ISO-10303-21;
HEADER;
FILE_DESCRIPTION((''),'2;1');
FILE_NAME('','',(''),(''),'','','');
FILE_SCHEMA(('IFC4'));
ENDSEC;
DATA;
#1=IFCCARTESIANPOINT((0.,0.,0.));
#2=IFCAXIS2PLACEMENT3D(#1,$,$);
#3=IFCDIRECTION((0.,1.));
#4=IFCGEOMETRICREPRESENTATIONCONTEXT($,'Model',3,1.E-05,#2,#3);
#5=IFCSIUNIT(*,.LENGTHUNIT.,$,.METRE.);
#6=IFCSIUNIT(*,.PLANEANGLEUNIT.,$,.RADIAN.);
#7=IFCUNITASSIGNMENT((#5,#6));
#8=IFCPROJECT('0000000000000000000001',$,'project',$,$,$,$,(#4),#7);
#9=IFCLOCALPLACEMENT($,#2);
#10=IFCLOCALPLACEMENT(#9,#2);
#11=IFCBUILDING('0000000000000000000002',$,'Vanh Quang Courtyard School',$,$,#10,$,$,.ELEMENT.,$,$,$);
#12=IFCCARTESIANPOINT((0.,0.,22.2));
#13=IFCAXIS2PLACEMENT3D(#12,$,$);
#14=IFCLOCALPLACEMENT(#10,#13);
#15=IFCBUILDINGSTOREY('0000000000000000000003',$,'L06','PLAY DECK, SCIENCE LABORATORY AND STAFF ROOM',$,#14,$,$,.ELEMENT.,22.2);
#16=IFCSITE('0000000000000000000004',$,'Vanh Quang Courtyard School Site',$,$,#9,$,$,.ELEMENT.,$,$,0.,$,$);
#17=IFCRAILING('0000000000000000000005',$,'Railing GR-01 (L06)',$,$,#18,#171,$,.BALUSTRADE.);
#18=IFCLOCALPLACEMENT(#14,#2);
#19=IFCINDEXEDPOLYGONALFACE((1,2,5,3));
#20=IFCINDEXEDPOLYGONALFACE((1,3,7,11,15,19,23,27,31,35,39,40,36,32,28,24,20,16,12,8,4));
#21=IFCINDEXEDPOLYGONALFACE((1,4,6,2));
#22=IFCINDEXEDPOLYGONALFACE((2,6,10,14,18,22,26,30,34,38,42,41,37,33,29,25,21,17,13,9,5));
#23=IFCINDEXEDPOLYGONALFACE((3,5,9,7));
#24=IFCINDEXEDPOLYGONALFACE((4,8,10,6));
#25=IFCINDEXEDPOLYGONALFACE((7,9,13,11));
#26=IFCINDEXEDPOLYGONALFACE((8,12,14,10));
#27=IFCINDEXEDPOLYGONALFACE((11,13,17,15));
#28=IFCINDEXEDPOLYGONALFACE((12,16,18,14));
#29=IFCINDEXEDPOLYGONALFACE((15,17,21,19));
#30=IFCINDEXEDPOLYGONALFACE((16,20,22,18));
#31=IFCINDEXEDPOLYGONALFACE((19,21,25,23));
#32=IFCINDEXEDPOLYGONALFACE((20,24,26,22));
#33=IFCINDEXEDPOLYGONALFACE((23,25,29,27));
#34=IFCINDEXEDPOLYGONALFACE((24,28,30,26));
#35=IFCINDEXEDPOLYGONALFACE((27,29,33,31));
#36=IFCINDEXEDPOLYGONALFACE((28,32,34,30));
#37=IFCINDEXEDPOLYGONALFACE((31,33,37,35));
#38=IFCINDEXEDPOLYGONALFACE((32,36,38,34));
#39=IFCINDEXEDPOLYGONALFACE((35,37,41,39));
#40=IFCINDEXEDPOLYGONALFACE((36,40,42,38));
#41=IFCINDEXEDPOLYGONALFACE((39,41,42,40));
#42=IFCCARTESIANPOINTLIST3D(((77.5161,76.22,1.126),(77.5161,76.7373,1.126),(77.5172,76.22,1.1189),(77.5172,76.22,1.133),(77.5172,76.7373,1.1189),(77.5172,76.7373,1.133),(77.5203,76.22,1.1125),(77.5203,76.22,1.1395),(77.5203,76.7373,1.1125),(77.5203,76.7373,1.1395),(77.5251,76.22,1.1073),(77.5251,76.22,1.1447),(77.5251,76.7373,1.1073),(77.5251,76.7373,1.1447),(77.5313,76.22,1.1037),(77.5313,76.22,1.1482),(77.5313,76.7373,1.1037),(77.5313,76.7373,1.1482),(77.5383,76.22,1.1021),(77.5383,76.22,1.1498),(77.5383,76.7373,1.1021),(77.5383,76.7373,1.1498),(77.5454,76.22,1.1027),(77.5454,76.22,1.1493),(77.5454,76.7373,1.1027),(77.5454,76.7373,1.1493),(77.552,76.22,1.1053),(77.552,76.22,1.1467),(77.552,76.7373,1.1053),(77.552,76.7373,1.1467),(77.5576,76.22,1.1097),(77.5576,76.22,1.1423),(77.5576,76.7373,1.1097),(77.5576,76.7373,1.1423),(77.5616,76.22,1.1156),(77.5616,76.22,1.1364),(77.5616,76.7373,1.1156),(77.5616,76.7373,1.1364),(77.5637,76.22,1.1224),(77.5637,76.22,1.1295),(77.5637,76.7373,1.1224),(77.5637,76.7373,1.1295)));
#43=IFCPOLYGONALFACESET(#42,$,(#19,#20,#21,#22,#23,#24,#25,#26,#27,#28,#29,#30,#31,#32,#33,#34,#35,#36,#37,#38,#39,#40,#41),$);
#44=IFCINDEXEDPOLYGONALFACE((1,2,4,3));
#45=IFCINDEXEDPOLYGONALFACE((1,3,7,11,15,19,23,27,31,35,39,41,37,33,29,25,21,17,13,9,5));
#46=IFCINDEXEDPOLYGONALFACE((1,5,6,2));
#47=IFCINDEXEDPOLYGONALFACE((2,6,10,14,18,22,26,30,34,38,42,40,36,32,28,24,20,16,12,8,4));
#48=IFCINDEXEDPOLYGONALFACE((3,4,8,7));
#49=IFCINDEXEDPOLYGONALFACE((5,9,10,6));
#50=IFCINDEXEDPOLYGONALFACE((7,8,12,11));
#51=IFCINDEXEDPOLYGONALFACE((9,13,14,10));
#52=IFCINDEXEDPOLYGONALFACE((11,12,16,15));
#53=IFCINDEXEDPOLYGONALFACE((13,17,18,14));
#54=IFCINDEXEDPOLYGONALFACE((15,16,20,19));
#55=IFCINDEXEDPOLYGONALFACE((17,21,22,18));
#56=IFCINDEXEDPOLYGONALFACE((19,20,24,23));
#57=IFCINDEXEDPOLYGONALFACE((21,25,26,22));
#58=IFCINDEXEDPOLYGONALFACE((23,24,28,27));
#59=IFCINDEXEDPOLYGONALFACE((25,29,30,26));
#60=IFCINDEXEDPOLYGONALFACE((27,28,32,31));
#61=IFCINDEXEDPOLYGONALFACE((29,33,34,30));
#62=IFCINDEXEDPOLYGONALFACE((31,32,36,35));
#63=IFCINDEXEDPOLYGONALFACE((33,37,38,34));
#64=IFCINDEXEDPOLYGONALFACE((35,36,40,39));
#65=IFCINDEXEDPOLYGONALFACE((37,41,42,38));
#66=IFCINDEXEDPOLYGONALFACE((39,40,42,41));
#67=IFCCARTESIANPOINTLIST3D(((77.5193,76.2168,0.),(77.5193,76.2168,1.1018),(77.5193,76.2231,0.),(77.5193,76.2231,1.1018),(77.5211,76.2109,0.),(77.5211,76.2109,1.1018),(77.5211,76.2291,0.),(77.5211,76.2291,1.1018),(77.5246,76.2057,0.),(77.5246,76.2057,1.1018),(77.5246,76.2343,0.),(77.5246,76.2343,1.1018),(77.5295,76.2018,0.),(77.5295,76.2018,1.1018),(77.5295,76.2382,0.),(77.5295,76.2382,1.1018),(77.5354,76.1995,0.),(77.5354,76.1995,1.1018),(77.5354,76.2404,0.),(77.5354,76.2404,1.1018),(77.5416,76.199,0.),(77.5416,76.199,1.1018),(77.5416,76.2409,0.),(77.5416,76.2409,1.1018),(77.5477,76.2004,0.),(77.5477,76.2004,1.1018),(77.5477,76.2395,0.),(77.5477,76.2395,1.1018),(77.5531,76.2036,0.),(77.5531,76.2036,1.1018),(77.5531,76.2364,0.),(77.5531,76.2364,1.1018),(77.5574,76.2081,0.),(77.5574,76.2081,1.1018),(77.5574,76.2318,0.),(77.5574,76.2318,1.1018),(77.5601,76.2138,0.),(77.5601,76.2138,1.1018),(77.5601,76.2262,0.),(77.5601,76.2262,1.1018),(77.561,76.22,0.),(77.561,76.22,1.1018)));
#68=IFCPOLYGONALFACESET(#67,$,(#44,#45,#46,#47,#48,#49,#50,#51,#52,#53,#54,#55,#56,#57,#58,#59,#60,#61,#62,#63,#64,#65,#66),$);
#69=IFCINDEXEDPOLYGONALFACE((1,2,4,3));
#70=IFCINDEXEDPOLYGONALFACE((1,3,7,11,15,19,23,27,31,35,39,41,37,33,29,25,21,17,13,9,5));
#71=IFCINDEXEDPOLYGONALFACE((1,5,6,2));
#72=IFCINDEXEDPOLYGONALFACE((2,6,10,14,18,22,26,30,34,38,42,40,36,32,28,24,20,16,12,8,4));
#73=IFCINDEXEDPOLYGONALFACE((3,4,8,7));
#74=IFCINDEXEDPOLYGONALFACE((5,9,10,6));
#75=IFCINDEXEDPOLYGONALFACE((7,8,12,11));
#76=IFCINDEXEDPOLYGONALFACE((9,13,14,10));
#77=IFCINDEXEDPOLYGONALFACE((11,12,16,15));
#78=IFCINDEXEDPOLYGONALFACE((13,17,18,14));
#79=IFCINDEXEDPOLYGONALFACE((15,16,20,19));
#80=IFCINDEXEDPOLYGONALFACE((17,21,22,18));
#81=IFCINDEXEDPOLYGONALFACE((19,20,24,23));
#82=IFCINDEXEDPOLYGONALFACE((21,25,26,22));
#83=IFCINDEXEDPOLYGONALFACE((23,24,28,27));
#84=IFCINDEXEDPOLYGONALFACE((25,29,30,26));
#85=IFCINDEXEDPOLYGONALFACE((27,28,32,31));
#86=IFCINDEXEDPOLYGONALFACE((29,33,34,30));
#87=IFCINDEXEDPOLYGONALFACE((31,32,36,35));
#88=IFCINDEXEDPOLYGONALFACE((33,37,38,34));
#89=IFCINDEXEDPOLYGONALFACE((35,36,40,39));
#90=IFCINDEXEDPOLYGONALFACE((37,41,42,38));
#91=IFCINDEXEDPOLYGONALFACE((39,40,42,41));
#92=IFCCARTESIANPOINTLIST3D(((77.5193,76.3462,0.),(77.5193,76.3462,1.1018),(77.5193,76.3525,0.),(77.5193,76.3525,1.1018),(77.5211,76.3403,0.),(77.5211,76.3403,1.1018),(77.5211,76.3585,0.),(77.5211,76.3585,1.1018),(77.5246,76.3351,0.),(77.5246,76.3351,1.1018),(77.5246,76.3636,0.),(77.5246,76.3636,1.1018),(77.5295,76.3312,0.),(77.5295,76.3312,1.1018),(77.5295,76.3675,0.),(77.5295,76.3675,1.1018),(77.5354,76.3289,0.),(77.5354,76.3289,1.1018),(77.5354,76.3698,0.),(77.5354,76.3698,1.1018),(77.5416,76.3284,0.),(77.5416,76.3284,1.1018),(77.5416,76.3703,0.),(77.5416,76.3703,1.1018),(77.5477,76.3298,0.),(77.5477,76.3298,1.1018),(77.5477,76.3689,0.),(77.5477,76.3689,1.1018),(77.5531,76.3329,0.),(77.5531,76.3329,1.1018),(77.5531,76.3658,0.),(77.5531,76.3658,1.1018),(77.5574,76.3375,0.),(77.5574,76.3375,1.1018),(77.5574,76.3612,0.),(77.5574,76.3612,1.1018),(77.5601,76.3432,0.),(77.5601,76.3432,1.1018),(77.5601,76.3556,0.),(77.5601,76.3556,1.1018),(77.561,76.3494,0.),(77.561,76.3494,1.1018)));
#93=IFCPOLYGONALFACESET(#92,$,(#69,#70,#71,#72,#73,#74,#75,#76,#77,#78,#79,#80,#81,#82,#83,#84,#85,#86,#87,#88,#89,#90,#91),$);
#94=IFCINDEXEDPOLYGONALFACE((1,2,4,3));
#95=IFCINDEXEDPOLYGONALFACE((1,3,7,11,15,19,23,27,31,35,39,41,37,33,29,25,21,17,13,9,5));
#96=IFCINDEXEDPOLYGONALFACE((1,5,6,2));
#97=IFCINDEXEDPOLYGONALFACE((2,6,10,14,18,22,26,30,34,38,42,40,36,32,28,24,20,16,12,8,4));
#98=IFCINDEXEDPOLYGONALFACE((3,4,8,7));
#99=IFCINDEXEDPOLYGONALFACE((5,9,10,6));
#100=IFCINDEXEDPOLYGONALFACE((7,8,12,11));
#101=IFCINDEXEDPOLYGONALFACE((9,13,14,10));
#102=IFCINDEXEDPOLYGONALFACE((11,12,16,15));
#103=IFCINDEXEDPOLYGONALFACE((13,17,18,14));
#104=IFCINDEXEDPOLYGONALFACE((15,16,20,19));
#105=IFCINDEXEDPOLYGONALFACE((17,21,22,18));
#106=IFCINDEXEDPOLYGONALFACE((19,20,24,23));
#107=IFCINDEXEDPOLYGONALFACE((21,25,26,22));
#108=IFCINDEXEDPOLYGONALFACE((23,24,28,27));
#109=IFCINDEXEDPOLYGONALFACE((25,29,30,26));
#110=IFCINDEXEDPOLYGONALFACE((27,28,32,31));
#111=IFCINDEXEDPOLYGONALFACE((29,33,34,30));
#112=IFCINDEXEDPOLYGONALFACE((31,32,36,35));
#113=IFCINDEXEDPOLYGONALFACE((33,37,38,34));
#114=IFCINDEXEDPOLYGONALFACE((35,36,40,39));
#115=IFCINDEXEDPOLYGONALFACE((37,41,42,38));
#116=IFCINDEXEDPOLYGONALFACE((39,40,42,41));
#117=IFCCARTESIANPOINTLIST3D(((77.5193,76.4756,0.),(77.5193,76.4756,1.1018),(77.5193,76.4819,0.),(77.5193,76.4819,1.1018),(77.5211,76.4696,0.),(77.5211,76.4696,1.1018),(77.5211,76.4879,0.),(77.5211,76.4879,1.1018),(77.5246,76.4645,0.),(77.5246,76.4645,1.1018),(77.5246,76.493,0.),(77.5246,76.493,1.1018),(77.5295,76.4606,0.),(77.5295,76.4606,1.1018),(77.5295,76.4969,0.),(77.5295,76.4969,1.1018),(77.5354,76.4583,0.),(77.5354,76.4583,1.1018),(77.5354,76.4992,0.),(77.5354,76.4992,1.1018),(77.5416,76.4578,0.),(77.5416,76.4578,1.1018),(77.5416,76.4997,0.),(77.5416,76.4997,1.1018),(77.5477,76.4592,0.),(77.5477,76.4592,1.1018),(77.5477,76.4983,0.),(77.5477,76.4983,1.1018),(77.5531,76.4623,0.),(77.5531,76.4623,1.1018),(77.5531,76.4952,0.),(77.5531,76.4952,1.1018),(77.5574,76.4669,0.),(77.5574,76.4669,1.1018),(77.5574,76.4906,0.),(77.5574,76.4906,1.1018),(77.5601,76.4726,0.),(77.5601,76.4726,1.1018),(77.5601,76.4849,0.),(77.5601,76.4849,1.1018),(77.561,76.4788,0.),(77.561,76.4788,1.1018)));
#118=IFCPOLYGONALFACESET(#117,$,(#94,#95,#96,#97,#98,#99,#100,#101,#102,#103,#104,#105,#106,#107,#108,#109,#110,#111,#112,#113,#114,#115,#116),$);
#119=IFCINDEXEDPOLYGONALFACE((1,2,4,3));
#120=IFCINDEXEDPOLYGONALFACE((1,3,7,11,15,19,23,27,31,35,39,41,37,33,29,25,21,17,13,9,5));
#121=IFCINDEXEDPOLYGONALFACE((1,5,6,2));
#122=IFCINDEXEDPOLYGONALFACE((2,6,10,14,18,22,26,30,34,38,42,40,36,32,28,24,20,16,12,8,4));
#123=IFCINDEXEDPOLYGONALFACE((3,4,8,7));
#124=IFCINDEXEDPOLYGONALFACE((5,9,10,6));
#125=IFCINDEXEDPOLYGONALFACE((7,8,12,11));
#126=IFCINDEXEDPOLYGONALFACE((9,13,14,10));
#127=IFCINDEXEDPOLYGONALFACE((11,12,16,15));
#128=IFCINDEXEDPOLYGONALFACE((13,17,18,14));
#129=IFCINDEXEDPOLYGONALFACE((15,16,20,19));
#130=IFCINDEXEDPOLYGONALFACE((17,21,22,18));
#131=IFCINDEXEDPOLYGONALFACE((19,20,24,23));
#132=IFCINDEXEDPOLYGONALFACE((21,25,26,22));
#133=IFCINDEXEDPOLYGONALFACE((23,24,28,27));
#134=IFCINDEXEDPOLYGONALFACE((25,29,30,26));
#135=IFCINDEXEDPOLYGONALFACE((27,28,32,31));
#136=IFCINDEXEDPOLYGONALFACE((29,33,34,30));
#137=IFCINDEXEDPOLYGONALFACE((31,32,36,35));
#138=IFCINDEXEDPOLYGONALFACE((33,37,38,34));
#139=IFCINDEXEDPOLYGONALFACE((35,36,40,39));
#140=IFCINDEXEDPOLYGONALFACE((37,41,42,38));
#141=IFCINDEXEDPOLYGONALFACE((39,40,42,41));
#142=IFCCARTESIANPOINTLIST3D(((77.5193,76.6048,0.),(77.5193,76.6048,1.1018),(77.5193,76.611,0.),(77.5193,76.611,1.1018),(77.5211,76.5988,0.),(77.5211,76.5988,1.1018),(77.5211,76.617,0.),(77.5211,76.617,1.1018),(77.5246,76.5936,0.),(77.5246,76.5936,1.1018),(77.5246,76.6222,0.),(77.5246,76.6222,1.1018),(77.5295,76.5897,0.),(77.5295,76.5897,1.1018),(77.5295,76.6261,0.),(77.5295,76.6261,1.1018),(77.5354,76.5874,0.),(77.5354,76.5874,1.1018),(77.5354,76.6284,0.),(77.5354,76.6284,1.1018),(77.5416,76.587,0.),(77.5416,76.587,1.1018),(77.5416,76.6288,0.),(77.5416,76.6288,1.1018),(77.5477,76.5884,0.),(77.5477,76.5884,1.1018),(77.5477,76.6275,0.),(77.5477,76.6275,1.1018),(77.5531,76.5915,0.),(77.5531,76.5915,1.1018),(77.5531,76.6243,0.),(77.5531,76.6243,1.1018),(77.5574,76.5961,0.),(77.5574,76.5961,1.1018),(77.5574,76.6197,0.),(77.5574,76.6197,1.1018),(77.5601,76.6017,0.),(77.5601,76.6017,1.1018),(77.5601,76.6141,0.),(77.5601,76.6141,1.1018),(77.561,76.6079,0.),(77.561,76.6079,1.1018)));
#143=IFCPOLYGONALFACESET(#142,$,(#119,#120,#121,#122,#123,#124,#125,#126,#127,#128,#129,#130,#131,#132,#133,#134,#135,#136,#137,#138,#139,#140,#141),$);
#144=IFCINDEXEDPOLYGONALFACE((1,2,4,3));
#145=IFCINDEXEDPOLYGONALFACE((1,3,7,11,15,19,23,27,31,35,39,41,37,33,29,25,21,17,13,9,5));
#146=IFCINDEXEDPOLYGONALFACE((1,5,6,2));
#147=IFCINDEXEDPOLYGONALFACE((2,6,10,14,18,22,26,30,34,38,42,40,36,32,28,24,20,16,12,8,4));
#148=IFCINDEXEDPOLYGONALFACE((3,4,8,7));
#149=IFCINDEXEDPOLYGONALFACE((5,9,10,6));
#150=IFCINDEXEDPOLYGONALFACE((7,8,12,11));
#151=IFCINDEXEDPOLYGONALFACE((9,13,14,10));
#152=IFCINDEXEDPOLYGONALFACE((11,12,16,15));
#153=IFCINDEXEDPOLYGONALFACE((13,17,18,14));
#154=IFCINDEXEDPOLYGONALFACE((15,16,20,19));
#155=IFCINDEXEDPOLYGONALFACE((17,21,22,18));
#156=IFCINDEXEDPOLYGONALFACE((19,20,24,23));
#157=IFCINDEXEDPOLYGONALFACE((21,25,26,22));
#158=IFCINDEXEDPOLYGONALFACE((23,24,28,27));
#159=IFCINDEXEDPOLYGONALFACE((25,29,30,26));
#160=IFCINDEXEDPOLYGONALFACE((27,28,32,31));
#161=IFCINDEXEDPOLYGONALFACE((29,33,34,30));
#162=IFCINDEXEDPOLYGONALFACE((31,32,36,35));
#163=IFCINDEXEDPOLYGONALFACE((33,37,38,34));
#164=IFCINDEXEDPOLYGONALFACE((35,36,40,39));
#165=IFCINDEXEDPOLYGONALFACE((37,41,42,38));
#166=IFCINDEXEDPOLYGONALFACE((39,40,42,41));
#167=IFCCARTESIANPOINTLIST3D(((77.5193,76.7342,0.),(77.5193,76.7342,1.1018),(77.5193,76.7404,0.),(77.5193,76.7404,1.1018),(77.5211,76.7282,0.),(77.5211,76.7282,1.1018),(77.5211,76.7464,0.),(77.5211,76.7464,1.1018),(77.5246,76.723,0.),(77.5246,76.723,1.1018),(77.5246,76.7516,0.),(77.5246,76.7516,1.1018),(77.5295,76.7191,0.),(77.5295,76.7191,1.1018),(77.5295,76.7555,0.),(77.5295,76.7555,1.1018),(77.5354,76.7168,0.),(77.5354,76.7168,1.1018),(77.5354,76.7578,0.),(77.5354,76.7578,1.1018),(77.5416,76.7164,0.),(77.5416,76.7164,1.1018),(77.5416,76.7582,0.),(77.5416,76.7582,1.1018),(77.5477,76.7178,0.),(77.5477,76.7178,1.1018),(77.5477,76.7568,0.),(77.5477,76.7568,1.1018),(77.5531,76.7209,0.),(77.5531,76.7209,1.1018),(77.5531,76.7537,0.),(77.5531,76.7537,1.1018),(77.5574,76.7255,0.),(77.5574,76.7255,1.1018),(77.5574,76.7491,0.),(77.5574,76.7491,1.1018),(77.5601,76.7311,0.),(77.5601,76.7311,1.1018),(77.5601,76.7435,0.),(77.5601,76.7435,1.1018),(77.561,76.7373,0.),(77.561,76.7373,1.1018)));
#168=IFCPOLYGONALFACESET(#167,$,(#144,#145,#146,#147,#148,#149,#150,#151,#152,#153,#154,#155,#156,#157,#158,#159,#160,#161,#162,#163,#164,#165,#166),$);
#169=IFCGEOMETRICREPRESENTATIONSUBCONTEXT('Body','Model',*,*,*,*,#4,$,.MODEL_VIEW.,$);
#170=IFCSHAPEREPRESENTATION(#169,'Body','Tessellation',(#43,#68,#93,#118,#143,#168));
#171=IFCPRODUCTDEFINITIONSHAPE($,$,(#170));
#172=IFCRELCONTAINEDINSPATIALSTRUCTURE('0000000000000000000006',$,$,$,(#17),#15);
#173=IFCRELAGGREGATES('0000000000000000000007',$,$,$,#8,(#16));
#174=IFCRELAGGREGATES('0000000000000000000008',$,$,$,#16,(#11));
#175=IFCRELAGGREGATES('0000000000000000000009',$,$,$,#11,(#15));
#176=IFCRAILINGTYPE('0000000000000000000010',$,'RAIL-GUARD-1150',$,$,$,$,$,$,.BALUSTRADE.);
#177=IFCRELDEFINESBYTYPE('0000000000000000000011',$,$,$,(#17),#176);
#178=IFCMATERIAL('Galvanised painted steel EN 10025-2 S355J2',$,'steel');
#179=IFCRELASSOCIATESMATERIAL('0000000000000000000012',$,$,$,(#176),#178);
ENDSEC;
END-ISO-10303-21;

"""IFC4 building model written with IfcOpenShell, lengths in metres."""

from ifc_helpers import new_model, si_unit, direction, frame, origin, origin_2d, place, context, subcontext, project, spatial, circle, extrude, material, type_object, element, save


model = new_model("IFC4")

# Units and contexts
model_context = context("Model", 3, precision=1e-05, world=origin(), true_north=direction((0.0, 1.0)))
body_context = subcontext(model_context, "Body", "Model", "MODEL_VIEW")
ifc_project = project(units=[si_unit("LENGTHUNIT", "METRE"), si_unit("PLANEANGLEUNIT", "RADIAN")], contexts=[model_context])

# Site, building, storey
site_placement = place(None, origin())
site = spatial("IfcSite", under=ifc_project, at=site_placement, Name="Vanh Quang Courtyard School Site", CompositionType="ELEMENT", RefElevation=0.0)
building_placement = place(site_placement, origin())
building = spatial("IfcBuilding", under=site, at=building_placement, Name="Vanh Quang Courtyard School", CompositionType="ELEMENT")
storey_placement = place(building_placement, frame((0.0, 0.0, 22.2)))
storey = spatial("IfcBuildingStorey", under=building, at=storey_placement, Name="L06", Description="PLAY DECK, SCIENCE LABORATORY AND STAFF ROOM", CompositionType="ELEMENT", Elevation=22.2)

# Railing
ifc_material_1 = material(Name="Galvanised painted steel EN 10025-2 S355J2", Category="steel")
railing_type = type_object("IfcRailingType", Name="RAIL-GUARD-1150", PredefinedType="BALUSTRADE", material=ifc_material_1)
railing_1_placement = place(storey_placement, frame((77.54, 76.22, 0.0)))
element("IfcRailing", 1, at=railing_1_placement, inside=storey, type_object=railing_type, Name="Railing GR-01 (L06)", PredefinedType="BALUSTRADE", context=body_context, shape_type="SweptSolid", body=[
    extrude(circle(Radius=0.0239, at=origin_2d()), frame((0.0, 0.0, 1.126), z_axis=(0.0, 1.0, 0.0), x_axis=(-1.0, 0.0, 0.0)), (0.0, 0.0, 1.0), 0.5173),
    extrude(circle(Radius=0.021, at=origin_2d()), origin(), (0.0, 0.0, 1.0), 1.1018),
    extrude(circle(Radius=0.021, at=origin_2d()), frame((0.0, 0.1294, 0.0)), (0.0, 0.0, 1.0), 1.1018),
    extrude(circle(Radius=0.021, at=origin_2d()), frame((0.0, 0.2588, 0.0)), (0.0, 0.0, 1.0), 1.1018),
    extrude(circle(Radius=0.021, at=origin_2d()), frame((0.0, 0.3879, 0.0)), (0.0, 0.0, 1.0), 1.1018),
    extrude(circle(Radius=0.021, at=origin_2d()), frame((0.0, 0.5173, 0.0)), (0.0, 0.0, 1.0), 1.1018),
])

save(model, "model.ifc")
